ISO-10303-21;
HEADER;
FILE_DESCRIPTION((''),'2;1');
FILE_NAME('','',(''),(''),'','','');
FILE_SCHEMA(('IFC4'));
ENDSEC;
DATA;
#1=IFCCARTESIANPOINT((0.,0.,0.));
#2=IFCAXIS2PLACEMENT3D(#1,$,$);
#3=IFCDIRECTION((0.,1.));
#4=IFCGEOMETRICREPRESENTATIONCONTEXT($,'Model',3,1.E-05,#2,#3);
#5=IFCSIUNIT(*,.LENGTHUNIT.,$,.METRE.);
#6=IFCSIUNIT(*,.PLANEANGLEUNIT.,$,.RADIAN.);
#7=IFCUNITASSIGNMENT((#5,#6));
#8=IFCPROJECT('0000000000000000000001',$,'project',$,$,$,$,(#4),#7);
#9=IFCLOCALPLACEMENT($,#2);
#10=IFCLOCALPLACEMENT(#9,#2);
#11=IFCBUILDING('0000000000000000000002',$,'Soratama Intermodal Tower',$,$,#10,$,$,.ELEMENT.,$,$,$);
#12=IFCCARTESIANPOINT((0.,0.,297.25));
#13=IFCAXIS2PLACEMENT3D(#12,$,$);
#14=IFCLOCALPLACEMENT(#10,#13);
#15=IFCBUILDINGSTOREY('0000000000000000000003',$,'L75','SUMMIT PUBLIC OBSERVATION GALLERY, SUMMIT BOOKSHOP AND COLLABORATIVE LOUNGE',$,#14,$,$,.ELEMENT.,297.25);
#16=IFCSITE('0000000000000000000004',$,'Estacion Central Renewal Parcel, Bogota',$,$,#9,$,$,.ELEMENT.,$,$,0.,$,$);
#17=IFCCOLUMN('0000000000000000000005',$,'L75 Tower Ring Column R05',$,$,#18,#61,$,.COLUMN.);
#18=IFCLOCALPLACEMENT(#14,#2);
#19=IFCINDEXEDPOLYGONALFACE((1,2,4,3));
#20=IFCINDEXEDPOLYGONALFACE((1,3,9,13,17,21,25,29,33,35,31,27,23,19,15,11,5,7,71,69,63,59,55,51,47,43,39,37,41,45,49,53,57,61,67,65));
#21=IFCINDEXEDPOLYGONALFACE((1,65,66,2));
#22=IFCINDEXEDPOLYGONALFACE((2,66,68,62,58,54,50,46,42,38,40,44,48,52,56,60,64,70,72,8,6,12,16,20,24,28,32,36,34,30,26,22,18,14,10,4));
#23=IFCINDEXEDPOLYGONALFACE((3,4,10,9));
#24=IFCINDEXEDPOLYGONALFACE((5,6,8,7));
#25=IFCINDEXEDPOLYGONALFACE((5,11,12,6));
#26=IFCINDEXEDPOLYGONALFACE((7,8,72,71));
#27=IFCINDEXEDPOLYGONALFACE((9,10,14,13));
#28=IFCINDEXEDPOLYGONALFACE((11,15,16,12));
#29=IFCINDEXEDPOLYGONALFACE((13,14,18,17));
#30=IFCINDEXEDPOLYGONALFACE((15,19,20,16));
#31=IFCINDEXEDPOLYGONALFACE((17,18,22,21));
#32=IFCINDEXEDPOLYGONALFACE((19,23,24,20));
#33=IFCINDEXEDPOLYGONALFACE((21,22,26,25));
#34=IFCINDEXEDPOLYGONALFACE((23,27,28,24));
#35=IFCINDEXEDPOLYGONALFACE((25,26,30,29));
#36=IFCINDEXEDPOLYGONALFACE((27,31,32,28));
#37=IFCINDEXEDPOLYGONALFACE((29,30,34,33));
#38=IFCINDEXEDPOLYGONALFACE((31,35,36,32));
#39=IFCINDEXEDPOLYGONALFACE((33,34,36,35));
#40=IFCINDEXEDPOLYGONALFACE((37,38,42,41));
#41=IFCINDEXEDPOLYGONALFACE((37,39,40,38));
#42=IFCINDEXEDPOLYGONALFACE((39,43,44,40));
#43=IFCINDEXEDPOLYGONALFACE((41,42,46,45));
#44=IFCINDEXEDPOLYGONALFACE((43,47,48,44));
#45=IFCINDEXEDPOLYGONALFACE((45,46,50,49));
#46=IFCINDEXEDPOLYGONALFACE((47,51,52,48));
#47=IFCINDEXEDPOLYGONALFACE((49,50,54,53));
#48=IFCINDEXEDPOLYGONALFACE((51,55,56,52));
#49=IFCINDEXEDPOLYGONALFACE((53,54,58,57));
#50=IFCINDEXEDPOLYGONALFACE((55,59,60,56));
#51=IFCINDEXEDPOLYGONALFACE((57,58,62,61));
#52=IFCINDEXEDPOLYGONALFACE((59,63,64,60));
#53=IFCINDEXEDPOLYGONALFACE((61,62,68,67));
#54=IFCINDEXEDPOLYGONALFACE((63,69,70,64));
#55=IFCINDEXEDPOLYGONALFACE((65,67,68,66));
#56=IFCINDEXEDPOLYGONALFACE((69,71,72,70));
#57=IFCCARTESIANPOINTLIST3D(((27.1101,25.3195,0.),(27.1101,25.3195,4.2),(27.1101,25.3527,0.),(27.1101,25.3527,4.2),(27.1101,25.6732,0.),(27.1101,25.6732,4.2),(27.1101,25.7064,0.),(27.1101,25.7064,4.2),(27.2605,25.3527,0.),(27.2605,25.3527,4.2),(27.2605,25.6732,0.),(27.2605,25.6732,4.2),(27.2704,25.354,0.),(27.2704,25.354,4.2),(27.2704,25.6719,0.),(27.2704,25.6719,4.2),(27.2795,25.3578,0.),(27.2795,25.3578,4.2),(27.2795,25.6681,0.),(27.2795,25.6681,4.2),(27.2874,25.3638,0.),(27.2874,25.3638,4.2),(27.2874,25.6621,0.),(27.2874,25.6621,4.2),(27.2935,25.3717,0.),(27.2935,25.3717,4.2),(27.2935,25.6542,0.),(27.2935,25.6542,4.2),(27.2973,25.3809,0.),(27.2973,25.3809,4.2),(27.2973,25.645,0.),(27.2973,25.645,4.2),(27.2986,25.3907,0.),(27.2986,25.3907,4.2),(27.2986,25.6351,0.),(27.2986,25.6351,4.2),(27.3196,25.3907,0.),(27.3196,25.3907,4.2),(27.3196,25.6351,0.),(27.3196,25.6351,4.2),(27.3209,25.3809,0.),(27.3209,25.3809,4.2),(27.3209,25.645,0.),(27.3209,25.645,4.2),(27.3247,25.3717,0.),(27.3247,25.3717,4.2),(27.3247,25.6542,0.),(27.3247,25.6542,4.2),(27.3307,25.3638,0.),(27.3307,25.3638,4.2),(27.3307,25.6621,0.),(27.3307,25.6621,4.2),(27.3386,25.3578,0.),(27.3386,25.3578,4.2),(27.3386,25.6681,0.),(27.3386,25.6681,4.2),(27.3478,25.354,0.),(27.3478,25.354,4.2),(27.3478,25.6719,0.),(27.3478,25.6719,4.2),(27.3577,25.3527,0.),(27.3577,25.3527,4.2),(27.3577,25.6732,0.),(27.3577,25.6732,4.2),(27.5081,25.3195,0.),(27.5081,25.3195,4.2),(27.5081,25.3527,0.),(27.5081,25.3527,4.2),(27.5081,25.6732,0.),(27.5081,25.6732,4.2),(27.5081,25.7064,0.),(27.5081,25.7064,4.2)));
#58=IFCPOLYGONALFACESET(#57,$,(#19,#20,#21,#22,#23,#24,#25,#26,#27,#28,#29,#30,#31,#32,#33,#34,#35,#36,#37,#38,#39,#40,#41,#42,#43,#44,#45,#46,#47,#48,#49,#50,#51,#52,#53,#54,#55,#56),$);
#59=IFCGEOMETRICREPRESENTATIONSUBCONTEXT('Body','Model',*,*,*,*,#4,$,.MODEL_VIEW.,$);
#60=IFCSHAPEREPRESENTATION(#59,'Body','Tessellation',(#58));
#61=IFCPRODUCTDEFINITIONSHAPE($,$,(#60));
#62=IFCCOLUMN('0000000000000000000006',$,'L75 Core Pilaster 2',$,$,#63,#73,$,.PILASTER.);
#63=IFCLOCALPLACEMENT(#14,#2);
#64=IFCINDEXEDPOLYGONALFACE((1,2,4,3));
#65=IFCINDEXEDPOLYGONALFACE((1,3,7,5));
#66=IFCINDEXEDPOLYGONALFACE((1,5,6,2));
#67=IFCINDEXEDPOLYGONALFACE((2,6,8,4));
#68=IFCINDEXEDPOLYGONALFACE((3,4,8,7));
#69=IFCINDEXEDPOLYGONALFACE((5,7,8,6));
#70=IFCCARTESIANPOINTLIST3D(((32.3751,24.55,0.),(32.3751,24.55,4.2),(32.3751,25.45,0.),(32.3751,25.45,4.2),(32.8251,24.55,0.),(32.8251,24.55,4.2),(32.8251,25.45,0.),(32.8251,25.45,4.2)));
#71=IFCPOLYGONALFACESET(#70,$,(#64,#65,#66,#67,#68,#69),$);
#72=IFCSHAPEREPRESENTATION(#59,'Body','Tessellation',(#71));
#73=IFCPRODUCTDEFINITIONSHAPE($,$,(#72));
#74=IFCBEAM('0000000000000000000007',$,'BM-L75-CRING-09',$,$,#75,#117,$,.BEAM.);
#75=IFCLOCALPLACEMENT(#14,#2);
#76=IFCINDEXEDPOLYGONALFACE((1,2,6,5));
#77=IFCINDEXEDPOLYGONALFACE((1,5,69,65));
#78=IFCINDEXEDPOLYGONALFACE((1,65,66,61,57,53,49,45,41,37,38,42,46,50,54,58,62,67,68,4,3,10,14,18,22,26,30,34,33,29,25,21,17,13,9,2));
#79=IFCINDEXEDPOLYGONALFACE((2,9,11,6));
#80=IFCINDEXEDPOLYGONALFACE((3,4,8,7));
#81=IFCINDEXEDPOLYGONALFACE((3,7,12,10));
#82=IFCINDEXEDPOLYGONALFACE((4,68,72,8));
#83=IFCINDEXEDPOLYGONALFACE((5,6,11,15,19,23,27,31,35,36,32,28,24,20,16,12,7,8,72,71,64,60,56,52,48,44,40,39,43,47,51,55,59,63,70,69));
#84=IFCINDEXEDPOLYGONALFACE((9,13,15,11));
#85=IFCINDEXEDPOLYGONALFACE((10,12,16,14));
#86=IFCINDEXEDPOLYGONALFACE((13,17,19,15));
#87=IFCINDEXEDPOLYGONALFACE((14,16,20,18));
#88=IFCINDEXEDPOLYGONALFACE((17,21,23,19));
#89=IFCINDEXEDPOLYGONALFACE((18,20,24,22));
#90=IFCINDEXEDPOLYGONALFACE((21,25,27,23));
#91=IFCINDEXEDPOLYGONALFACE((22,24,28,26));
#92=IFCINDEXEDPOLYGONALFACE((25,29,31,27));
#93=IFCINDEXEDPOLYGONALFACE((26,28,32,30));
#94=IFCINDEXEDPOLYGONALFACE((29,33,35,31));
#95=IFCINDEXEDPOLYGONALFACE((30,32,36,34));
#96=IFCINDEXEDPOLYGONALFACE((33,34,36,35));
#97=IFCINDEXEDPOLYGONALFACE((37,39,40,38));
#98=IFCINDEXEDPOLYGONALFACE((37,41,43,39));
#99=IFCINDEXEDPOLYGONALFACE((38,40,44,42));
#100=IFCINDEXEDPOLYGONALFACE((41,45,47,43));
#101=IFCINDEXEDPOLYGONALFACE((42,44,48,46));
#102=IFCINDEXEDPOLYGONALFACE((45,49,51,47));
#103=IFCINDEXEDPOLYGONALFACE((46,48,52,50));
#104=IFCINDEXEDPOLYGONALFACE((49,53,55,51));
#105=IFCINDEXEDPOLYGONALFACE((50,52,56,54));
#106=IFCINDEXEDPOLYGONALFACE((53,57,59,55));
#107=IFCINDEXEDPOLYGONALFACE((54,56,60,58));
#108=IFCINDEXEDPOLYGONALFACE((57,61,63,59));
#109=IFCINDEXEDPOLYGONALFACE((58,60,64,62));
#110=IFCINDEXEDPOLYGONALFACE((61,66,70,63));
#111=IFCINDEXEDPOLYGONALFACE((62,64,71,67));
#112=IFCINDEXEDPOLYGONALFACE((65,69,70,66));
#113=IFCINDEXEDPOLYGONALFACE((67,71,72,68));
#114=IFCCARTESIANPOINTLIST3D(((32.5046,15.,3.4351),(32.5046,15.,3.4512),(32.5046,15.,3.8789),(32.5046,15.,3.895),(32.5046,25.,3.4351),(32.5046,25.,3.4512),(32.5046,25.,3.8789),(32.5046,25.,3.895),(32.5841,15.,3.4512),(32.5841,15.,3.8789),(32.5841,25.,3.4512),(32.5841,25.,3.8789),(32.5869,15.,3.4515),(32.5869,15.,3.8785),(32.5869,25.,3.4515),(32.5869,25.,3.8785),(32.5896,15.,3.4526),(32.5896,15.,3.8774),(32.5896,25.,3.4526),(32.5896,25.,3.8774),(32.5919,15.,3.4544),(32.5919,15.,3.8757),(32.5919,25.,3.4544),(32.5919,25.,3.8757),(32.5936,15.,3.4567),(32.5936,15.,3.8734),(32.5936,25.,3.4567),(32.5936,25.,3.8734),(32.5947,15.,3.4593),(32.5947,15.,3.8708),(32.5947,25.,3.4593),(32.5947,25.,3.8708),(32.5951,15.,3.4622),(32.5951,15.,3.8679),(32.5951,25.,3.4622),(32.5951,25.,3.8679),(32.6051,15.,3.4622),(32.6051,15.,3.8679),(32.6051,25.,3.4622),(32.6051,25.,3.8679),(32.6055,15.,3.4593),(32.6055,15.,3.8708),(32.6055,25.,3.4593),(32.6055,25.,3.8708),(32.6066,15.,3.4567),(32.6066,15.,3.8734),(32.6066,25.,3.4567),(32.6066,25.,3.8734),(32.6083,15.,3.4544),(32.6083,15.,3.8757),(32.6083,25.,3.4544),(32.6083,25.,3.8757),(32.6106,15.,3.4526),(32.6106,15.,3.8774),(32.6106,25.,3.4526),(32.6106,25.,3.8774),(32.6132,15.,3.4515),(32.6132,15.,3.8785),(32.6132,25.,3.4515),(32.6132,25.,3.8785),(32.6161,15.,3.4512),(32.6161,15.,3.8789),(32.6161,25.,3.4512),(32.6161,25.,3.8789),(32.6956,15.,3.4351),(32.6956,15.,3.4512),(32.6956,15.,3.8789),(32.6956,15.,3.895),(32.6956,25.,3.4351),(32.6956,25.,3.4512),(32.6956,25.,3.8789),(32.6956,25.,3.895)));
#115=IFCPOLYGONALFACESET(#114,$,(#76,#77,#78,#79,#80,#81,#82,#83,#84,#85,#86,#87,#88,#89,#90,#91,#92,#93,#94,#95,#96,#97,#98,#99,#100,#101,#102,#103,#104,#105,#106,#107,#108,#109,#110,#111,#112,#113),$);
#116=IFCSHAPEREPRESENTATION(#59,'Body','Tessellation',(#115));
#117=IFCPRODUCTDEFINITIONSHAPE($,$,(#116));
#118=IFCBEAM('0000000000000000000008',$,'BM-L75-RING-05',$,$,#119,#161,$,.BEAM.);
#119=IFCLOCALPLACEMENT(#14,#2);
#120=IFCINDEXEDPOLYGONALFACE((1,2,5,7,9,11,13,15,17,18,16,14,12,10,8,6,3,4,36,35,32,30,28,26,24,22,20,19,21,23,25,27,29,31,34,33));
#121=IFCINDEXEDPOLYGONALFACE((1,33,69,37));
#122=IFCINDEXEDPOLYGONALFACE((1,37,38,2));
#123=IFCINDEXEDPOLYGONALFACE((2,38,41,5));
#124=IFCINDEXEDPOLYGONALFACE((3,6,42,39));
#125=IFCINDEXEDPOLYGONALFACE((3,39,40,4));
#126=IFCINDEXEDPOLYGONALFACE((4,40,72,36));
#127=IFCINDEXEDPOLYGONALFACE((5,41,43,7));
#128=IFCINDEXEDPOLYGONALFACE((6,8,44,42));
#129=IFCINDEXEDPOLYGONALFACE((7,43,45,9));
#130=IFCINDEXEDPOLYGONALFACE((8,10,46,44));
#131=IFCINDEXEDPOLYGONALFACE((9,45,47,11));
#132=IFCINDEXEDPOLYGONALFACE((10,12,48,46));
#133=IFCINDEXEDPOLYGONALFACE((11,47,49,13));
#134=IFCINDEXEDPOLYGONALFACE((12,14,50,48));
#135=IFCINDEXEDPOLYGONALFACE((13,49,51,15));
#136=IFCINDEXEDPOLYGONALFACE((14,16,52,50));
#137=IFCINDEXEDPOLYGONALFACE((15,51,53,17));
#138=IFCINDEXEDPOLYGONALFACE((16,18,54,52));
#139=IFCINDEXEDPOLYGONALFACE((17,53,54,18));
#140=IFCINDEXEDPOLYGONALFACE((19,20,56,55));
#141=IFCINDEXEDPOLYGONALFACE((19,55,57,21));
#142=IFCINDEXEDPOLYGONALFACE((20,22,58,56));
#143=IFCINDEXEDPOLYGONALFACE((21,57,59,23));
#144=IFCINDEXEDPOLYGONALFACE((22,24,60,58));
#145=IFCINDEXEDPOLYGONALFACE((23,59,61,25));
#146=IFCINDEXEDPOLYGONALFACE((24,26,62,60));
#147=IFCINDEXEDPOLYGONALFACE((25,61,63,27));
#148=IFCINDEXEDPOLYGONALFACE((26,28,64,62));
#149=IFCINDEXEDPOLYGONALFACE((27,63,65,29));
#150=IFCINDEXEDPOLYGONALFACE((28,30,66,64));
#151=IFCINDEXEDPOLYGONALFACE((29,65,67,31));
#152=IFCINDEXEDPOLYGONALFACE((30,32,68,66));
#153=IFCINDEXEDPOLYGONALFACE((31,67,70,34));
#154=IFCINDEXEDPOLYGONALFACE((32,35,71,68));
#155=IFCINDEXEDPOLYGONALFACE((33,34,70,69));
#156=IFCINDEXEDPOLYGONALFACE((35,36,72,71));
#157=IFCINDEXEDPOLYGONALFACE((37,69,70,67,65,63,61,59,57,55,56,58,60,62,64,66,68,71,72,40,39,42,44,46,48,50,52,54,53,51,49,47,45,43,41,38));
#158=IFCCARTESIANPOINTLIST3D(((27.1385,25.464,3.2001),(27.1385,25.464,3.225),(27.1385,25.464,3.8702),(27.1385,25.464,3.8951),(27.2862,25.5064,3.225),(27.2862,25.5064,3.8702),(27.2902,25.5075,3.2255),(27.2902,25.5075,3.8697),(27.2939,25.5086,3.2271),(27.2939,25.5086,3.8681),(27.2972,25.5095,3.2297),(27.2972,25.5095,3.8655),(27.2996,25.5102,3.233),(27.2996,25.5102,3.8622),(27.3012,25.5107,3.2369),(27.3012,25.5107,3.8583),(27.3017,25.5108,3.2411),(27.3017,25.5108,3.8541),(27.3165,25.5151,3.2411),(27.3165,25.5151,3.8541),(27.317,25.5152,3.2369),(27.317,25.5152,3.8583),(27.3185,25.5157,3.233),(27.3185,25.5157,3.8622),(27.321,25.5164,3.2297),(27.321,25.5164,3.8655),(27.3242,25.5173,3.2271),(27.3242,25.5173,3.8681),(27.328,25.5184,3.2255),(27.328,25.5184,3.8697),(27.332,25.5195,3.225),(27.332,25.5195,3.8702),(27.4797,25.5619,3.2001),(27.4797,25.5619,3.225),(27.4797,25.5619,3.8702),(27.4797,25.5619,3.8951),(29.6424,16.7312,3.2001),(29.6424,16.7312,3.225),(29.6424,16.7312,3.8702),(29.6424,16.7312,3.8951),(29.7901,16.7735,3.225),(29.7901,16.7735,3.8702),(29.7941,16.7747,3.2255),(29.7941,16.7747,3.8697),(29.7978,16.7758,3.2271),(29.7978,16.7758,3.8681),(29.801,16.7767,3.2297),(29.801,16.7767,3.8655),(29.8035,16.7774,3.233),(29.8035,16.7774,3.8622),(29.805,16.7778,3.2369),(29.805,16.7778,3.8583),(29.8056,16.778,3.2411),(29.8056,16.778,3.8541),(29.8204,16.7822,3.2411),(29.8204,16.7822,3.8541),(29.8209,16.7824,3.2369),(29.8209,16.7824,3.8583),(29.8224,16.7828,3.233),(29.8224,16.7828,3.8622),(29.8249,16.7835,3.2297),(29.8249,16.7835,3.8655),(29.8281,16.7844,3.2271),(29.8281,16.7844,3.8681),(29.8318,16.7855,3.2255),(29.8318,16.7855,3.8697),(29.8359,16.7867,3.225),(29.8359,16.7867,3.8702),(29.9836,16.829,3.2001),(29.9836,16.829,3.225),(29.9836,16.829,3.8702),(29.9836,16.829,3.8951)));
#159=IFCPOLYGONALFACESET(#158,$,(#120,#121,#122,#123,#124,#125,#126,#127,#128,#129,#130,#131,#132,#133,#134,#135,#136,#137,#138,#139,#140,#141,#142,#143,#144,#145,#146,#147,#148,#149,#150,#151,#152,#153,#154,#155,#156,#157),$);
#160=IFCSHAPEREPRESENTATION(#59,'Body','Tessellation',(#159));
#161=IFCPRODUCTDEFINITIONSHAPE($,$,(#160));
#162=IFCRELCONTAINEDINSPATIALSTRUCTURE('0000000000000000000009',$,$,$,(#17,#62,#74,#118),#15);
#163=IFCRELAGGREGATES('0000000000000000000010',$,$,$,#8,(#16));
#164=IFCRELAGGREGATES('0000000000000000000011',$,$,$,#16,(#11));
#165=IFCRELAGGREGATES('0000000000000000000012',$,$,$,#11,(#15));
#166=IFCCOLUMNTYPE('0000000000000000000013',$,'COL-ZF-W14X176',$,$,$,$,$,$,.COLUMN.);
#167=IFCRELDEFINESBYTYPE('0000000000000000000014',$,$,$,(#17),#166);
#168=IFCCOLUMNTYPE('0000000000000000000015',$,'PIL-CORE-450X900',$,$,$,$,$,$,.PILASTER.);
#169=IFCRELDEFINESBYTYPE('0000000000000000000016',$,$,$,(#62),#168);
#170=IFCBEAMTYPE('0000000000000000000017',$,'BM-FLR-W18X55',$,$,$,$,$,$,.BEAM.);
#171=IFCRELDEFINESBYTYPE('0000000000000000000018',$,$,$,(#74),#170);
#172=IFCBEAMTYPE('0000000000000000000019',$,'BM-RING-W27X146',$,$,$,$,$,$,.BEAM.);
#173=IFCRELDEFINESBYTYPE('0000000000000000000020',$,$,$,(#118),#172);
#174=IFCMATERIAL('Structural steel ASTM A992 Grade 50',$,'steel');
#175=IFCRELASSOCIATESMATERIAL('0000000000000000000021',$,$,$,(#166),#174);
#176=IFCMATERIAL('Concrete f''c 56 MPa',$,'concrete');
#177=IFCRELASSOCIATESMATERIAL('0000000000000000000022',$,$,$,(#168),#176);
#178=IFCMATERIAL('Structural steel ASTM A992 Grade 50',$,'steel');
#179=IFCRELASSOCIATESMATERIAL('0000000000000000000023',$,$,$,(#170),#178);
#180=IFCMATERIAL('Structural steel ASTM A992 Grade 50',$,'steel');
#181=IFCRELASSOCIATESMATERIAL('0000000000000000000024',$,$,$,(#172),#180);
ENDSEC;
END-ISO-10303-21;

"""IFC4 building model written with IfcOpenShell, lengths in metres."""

from ifc_helpers import new_model, si_unit, direction, frame, origin, origin_2d, place, context, subcontext, project, spatial, rectangle, i_section, extrude, material, material_profile, profile_set, type_object, element, save


model = new_model("IFC4")

# Units and contexts
model_context = context("Model", 3, precision=1e-05, world=origin(), true_north=direction((0.0, 1.0)))
body_context = subcontext(model_context, "Body", "Model", "MODEL_VIEW")
ifc_project = project(units=[si_unit("LENGTHUNIT", "METRE"), si_unit("PLANEANGLEUNIT", "RADIAN")], contexts=[model_context])

# Site, building, storey
site_placement = place(None, origin())
site = spatial("IfcSite", under=ifc_project, at=site_placement, Name="Estacion Central Renewal Parcel, Bogota", CompositionType="ELEMENT", RefElevation=0.0)
building_placement = place(site_placement, origin())
building = spatial("IfcBuilding", under=site, at=building_placement, Name="Soratama Intermodal Tower", CompositionType="ELEMENT")
storey_placement = place(building_placement, frame((0.0, 0.0, 297.25)))
storey = spatial("IfcBuildingStorey", under=building, at=storey_placement, Name="L75", Description="SUMMIT PUBLIC OBSERVATION GALLERY, SUMMIT BOOKSHOP AND COLLABORATIVE LOUNGE", CompositionType="ELEMENT", Elevation=297.25)

# Columns
ifc_material_1 = material(Name="Structural steel ASTM A992 Grade 50", Category="steel")
ifc_material_profile_1 = material_profile(ifc_material_1, i_section(OverallWidth=0.3979, OverallDepth=0.387, WebThickness=0.021, FlangeThickness=0.0332, FilletRadius=0.0381, at=origin_2d()), Name="W14X176")
ifc_profile_set_1 = profile_set([ifc_material_profile_1], Name="Structural steel ASTM A992 Grade 50")
column_type_1 = type_object("IfcColumnType", Name="COL-ZF-W14X176", PredefinedType="COLUMN", material=ifc_profile_set_1)
column_1_placement = place(storey_placement, frame((27.3091, 25.5129, 0.0), z_axis=(0.0, 0.0, 1.0), x_axis=(1.0, 0.0, 0.0)))
element("IfcColumn", 1, at=column_1_placement, inside=storey, type_object=column_type_1, Name="L75 Tower Ring Column R05", PredefinedType="COLUMN", context=body_context, shape_type="SweptSolid", body=[
    extrude(i_section(OverallWidth=0.3979, OverallDepth=0.387, WebThickness=0.021, FlangeThickness=0.0332, FilletRadius=0.0381, at=origin_2d()), origin(), (0.0, 0.0, 1.0), 4.2),
])
ifc_material_2 = material(Name="Concrete f'c 56 MPa", Category="concrete")
ifc_material_profile_2 = material_profile(ifc_material_2, rectangle(XDim=0.45, YDim=0.8999, at=origin_2d()), Name="RC450X900")
ifc_profile_set_2 = profile_set([ifc_material_profile_2], Name="Concrete f'c 56 MPa")
column_type_2 = type_object("IfcColumnType", Name="PIL-CORE-450X900", PredefinedType="PILASTER", material=ifc_profile_set_2)
column_2_placement = place(storey_placement, frame((32.6001, 25.0, 0.0), z_axis=(0.0, 0.0, 1.0), x_axis=(1.0, 0.0, 0.0)))
element("IfcColumn", 2, at=column_2_placement, inside=storey, type_object=column_type_2, Name="L75 Core Pilaster 2", PredefinedType="PILASTER", context=body_context, shape_type="SweptSolid", body=[
    extrude(rectangle(XDim=0.45, YDim=0.8999, at=origin_2d()), origin(), (0.0, 0.0, 1.0), 4.2),
])

# Beams
ifc_material_3 = material(Name="Structural steel ASTM A992 Grade 50", Category="steel")
ifc_material_profile_3 = material_profile(ifc_material_3, i_section(OverallWidth=0.1909, OverallDepth=0.46, WebThickness=0.01, FlangeThickness=0.0161, FilletRadius=0.011, at=origin_2d()), Name="W18X55")
ifc_profile_set_3 = profile_set([ifc_material_profile_3], Name="Structural steel ASTM A992 Grade 50")
beam_type_1 = type_object("IfcBeamType", Name="BM-FLR-W18X55", PredefinedType="BEAM", material=ifc_profile_set_3)
beam_1_placement = place(storey_placement, frame((32.6001, 25.0, 3.665), z_axis=(0.0, -1.0, 0.0), x_axis=(1.0, 0.0, 0.0)))
element("IfcBeam", 3, at=beam_1_placement, inside=storey, type_object=beam_type_1, Name="BM-L75-CRING-09", PredefinedType="BEAM", context=body_context, shape_type="SweptSolid", body=[
    extrude(i_section(OverallWidth=0.1909, OverallDepth=0.46, WebThickness=0.01, FlangeThickness=0.0161, FilletRadius=0.011, at=origin_2d()), origin(), (0.0, 0.0, 1.0), 10.0),
])
ifc_material_4 = material(Name="Structural steel ASTM A992 Grade 50", Category="steel")
ifc_material_profile_4 = material_profile(ifc_material_4, i_section(OverallWidth=0.355, OverallDepth=0.6951, WebThickness=0.0154, FlangeThickness=0.0249, FilletRadius=0.0161, at=origin_2d()), Name="W27X146")
ifc_profile_set_4 = profile_set([ifc_material_profile_4], Name="Structural steel ASTM A992 Grade 50")
beam_type_2 = type_object("IfcBeamType", Name="BM-RING-W27X146", PredefinedType="BEAM", material=ifc_profile_set_4)
beam_2_placement = place(storey_placement, frame((27.3091, 25.5129, 3.5476), z_axis=(0.275615, -0.961268, 0.0), x_axis=(0.961268, 0.275615, 0.0)))
element("IfcBeam", 4, at=beam_2_placement, inside=storey, type_object=beam_type_2, Name="BM-L75-RING-05", PredefinedType="BEAM", context=body_context, shape_type="SweptSolid", body=[
    extrude(i_section(OverallWidth=0.355, OverallDepth=0.6951, WebThickness=0.0154, FlangeThickness=0.0249, FilletRadius=0.0161, at=origin_2d()), origin(), (0.0, 0.0, 1.0), 9.0847),
])

save(model, "model.ifc")
